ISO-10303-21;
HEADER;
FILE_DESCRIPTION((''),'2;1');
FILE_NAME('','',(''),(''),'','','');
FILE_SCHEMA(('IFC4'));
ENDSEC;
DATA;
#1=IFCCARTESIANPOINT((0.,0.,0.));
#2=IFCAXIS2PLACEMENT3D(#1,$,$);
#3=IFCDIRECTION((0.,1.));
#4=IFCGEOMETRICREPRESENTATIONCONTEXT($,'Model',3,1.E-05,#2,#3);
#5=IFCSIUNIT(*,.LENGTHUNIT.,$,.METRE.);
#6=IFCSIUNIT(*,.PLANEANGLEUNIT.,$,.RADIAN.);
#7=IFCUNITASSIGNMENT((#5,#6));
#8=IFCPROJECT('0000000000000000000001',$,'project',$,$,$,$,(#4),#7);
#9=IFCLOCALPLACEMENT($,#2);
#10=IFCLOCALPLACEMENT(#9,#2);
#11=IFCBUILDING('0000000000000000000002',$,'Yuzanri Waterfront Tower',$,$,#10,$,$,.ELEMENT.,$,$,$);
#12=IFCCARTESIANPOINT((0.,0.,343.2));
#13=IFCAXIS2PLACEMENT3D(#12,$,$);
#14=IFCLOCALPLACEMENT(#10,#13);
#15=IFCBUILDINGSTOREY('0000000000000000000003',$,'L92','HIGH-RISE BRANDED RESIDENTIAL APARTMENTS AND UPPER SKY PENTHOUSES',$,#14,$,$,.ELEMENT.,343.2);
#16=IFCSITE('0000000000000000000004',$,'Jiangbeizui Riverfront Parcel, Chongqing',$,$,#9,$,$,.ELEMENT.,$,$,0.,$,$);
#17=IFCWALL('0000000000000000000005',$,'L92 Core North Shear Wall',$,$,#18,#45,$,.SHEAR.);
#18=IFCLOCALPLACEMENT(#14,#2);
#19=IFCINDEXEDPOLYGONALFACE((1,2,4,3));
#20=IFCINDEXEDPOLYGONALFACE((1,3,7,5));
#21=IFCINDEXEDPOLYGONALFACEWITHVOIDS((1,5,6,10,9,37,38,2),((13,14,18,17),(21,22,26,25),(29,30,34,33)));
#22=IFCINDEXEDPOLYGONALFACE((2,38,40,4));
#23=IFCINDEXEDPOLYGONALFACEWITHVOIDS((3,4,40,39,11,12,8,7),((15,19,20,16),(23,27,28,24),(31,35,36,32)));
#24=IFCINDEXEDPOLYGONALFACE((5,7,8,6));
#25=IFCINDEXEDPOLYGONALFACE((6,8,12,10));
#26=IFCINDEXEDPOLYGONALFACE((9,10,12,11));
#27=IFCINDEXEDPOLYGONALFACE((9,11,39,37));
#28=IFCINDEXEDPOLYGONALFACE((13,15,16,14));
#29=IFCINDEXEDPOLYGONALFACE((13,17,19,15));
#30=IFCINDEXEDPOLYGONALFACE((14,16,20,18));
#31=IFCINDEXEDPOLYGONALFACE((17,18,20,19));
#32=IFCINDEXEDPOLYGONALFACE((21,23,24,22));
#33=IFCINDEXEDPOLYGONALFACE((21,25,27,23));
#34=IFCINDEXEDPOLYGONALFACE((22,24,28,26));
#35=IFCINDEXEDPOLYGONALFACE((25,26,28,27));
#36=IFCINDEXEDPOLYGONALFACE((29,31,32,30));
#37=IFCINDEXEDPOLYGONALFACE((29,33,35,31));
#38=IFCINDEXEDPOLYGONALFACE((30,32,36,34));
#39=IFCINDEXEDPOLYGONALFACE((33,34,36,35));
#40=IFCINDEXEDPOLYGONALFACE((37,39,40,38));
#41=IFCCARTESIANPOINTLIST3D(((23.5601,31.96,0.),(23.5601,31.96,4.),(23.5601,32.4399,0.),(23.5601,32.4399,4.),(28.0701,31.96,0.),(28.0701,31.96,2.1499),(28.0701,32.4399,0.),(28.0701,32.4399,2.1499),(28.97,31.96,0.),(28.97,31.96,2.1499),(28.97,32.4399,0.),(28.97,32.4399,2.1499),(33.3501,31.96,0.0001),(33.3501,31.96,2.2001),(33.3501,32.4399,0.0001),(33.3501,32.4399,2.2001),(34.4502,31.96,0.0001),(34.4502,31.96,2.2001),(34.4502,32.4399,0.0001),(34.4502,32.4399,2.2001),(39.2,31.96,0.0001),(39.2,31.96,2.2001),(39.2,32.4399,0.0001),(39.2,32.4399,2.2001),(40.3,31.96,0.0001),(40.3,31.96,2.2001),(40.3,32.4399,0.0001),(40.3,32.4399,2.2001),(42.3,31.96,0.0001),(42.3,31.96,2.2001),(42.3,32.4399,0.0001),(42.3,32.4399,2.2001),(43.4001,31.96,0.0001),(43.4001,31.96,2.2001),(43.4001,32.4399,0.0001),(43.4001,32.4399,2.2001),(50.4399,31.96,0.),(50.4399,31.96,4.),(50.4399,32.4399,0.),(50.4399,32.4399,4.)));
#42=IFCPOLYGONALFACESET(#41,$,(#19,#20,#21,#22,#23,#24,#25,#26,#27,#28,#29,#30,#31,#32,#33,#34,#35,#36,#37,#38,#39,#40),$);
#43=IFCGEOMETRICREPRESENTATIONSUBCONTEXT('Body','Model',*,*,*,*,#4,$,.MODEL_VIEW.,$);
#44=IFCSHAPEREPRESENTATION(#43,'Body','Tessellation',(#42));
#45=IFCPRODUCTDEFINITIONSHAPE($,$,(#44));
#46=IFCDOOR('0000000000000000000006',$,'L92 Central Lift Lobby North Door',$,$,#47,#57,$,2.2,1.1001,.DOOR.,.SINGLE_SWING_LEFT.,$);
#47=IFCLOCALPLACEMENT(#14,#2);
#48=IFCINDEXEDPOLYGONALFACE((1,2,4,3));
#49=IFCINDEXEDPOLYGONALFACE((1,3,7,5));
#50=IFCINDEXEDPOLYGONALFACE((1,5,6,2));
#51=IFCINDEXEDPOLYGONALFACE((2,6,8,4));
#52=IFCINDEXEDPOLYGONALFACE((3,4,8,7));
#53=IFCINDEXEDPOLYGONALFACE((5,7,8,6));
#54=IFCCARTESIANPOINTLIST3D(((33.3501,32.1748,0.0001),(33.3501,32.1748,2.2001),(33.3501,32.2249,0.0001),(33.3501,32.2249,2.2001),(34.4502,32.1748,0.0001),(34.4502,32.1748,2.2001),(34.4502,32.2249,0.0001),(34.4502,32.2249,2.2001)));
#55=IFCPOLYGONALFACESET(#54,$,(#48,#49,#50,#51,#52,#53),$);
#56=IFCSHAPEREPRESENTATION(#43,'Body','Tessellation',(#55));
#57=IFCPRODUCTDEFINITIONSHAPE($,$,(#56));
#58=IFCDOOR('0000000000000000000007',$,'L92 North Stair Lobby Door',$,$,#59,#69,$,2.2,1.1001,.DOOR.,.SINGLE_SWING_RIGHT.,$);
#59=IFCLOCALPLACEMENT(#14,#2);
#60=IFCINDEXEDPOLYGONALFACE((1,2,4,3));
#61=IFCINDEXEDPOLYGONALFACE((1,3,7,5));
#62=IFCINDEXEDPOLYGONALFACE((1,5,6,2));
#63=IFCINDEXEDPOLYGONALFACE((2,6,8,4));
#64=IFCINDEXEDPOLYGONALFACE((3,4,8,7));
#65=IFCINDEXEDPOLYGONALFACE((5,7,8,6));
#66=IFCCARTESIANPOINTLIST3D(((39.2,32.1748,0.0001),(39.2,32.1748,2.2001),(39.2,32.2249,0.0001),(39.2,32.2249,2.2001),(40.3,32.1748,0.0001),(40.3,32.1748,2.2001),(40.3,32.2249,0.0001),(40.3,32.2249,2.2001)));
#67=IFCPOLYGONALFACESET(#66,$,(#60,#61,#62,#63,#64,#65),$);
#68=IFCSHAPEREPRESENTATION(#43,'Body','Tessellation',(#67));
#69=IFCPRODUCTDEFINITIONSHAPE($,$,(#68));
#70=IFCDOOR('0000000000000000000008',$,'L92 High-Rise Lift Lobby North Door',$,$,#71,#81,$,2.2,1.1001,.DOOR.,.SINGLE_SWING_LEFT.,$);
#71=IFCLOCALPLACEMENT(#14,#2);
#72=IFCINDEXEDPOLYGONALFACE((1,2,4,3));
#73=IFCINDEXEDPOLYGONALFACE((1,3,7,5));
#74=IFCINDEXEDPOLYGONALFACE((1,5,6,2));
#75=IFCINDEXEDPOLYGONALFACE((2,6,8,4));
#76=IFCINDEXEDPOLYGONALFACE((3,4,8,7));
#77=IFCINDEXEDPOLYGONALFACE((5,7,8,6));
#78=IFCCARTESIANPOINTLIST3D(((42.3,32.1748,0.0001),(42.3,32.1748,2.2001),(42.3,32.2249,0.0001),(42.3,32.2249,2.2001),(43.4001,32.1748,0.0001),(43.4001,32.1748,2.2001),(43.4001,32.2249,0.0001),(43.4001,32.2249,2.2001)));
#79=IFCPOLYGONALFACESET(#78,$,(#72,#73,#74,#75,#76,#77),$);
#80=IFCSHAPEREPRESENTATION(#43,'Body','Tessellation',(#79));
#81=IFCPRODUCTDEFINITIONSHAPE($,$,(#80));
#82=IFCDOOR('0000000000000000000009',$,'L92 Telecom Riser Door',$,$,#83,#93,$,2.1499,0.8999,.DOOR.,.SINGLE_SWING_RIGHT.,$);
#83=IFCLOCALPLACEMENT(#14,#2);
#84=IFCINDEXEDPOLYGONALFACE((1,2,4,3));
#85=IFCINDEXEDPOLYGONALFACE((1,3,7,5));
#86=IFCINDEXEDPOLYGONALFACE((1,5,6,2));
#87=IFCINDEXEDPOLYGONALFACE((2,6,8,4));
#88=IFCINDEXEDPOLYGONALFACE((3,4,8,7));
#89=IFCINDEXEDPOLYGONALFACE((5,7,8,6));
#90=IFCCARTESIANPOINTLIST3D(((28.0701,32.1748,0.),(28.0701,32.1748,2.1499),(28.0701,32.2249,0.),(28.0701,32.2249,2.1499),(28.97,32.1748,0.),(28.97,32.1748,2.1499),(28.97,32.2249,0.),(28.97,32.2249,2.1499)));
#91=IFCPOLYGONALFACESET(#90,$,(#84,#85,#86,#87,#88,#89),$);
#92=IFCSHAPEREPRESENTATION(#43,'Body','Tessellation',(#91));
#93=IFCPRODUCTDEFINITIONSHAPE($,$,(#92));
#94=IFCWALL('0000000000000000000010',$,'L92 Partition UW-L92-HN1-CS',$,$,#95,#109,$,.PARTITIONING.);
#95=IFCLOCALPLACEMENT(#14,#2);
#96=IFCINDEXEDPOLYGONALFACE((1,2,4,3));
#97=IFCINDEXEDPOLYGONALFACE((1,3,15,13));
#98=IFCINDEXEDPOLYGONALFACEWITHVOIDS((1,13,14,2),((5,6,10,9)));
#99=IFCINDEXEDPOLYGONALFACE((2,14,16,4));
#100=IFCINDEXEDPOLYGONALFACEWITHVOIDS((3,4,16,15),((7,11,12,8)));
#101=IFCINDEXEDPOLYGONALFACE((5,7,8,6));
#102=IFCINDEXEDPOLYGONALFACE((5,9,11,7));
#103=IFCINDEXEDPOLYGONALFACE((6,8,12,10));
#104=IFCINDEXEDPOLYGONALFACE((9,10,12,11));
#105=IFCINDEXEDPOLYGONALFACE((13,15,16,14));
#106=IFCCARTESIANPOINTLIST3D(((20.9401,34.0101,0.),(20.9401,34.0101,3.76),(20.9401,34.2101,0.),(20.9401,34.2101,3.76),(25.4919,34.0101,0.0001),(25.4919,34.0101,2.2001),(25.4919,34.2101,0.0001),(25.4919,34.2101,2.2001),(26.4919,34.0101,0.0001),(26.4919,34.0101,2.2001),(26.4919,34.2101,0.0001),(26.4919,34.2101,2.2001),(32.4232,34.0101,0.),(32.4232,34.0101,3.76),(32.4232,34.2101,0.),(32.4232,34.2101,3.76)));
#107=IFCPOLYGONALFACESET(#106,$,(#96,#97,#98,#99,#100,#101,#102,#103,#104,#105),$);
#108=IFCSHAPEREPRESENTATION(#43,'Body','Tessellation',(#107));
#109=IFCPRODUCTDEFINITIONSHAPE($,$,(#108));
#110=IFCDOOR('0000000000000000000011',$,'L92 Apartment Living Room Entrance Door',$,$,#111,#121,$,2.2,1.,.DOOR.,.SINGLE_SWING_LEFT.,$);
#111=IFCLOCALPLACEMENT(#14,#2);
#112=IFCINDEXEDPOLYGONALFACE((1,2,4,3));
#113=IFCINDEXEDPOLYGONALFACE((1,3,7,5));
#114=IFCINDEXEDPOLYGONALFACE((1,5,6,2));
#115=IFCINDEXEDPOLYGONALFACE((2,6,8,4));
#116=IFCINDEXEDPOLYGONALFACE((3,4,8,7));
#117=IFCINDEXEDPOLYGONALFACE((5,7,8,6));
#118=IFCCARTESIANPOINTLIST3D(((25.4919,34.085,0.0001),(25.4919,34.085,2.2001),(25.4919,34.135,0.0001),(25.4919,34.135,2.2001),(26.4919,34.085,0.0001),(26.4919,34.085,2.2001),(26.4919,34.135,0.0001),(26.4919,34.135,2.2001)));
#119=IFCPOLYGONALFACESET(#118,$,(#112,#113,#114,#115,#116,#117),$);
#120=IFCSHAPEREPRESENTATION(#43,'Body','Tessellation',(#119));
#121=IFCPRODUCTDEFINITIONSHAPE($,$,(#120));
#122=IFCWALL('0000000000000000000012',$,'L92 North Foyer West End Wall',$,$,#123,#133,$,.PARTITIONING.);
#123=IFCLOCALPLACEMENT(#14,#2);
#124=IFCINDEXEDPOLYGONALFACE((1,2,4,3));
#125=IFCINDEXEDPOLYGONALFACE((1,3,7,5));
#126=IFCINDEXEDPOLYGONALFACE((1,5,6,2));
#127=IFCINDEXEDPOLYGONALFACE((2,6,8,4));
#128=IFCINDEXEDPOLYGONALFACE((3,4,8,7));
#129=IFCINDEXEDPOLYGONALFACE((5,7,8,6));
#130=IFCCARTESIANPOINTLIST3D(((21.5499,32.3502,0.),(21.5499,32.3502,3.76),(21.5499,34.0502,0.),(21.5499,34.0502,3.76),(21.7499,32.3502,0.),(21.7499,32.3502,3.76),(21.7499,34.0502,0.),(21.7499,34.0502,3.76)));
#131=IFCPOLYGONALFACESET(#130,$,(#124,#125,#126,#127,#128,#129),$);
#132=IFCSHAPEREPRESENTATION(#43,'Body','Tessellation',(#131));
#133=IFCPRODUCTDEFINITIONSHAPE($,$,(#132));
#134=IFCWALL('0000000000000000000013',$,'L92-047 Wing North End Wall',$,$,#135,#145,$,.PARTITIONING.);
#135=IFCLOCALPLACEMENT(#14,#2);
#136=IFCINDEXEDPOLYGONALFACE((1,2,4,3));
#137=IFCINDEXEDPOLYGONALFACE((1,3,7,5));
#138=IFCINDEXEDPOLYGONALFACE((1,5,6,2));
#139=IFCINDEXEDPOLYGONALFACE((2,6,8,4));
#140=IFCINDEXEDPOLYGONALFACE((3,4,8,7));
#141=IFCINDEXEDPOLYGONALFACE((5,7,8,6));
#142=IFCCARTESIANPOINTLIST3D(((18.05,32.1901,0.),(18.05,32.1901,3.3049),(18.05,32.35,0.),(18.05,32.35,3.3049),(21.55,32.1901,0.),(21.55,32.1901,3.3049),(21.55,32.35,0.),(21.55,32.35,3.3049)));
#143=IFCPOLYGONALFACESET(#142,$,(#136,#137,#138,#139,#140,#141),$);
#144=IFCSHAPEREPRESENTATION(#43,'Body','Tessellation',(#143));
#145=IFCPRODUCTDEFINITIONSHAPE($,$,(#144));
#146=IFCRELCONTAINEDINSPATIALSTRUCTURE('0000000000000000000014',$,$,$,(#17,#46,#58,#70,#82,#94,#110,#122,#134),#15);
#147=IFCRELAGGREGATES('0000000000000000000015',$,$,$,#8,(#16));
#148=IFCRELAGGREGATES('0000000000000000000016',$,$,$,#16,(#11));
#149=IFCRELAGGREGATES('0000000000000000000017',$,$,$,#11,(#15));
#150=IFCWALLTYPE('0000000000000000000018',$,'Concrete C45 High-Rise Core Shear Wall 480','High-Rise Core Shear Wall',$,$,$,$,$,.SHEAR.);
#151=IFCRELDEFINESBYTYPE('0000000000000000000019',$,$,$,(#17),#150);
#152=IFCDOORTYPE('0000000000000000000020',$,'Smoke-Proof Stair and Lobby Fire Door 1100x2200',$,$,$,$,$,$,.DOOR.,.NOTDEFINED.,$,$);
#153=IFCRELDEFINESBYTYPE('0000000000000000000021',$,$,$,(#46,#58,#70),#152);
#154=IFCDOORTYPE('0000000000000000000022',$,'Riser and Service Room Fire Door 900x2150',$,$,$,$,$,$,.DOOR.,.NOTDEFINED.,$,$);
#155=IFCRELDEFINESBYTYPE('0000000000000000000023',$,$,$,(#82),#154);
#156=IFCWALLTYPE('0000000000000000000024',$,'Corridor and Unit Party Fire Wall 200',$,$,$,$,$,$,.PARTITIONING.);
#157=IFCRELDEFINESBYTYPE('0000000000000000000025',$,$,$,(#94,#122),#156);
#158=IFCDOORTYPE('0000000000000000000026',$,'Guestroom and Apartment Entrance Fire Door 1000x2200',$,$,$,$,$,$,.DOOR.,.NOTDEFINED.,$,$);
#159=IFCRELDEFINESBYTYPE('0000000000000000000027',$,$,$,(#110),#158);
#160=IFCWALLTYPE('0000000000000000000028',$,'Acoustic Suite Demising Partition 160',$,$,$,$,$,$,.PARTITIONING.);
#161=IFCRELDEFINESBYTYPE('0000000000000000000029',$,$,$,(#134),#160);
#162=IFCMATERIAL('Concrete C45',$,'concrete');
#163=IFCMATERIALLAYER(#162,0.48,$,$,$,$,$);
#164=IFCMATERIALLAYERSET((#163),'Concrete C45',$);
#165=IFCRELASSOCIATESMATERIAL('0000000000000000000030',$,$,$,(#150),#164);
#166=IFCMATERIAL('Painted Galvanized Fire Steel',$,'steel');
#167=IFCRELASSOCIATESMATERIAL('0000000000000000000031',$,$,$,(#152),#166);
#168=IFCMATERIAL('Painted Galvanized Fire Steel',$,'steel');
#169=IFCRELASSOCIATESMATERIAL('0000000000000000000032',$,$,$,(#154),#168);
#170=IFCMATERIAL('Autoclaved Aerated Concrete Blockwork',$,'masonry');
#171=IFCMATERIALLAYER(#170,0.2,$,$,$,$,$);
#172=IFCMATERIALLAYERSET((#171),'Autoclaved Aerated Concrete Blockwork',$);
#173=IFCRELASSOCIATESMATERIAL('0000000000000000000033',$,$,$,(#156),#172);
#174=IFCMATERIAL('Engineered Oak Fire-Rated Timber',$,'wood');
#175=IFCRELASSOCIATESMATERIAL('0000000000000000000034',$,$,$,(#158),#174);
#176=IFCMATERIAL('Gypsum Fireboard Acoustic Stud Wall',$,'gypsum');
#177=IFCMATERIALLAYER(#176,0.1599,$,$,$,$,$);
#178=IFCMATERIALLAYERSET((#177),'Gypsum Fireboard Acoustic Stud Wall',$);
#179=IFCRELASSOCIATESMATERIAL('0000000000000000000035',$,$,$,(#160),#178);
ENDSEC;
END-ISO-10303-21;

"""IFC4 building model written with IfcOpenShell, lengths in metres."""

from ifc_helpers import new_model, si_unit, direction, frame, frame_2d, origin, place, context, subcontext, project, spatial, rectangle, extrude, source, transform, mapped, material, layer, layer_set, type_object, element, fill, save


model = new_model("IFC4")

# Units and contexts
model_context = context("Model", 3, precision=1e-05, world=origin(), true_north=direction((0.0, 1.0)))
body_context = subcontext(model_context, "Body", "Model", "MODEL_VIEW")
ifc_project = project(units=[si_unit("LENGTHUNIT", "METRE"), si_unit("PLANEANGLEUNIT", "RADIAN")], contexts=[model_context])

# Site, building, storey
site_placement = place(None, origin())
site = spatial("IfcSite", under=ifc_project, at=site_placement, Name="Jiangbeizui Riverfront Parcel, Chongqing", CompositionType="ELEMENT", RefElevation=0.0)
building_placement = place(site_placement, origin())
building = spatial("IfcBuilding", under=site, at=building_placement, Name="Yuzanri Waterfront Tower", CompositionType="ELEMENT")
storey_placement = place(building_placement, frame((0.0, 0.0, 343.2)))
storey = spatial("IfcBuildingStorey", under=building, at=storey_placement, Name="L92", Description="HIGH-RISE BRANDED RESIDENTIAL APARTMENTS AND UPPER SKY PENTHOUSES", CompositionType="ELEMENT", Elevation=343.2)

# Wall, openings, doors
ifc_material_1 = material(Name="Concrete C45", Category="concrete")
ifc_layer_1 = layer(ifc_material_1, 0.48)
ifc_layer_set_1 = layer_set([ifc_layer_1], Name="Concrete C45")
wall_type_1 = type_object("IfcWallType", Name="Concrete C45 High-Rise Core Shear Wall 480", Description="High-Rise Core Shear Wall", PredefinedType="SHEAR", material=ifc_layer_set_1)
wall_1_placement = place(storey_placement, frame((23.5601, 32.2, 0.0), z_axis=(0.0, 0.0, 1.0), x_axis=(1.0, 0.0, 0.0)))
wall_1 = element("IfcWall", 1, at=wall_1_placement, inside=storey, type_object=wall_type_1, Name="L92 Core North Shear Wall", PredefinedType="SHEAR", context=body_context, shape_type="SweptSolid", body=[
    extrude(rectangle(XDim=26.8799, YDim=0.48, at=frame_2d((13.4399, 0.0))), origin(), (0.0, 0.0, 1.0), 4.0),
])
opening_1_placement = place(wall_1_placement, frame((4.51, 0.0, 0.0)))
opening_1 = element("IfcOpeningElement", 2, at=opening_1_placement, cuts=wall_1, PredefinedType="OPENING", context=body_context, shape_type="SweptSolid", body=[
    extrude(rectangle(XDim=0.8999, YDim=2.1499, at=frame_2d((0.45, 1.075))), frame((0.0, 0.2549, 0.0), z_axis=(0.0, -1.0, 0.0), x_axis=(1.0, 0.0, 0.0)), (0.0, 0.0, 1.0), 0.5098),
])
opening_2_placement = place(wall_1_placement, frame((9.79, 0.0, 0.0)))
opening_2 = element("IfcOpeningElement", 3, at=opening_2_placement, cuts=wall_1, PredefinedType="OPENING", context=body_context, shape_type="SweptSolid", body=[
    extrude(rectangle(XDim=1.1001, YDim=2.2, at=frame_2d((0.55, 1.1001))), frame((0.0, 0.2549, 0.0), z_axis=(0.0, -1.0, 0.0), x_axis=(1.0, 0.0, 0.0)), (0.0, 0.0, 1.0), 0.5098),
])
opening_3_placement = place(wall_1_placement, frame((15.6399, 0.0, 0.0)))
opening_3 = element("IfcOpeningElement", 4, at=opening_3_placement, cuts=wall_1, PredefinedType="OPENING", context=body_context, shape_type="SweptSolid", body=[
    extrude(rectangle(XDim=1.1001, YDim=2.2, at=frame_2d((0.55, 1.1001))), frame((0.0, 0.2549, 0.0), z_axis=(0.0, -1.0, 0.0), x_axis=(1.0, 0.0, 0.0)), (0.0, 0.0, 1.0), 0.5098),
])
opening_4_placement = place(wall_1_placement, frame((18.74, 0.0, 0.0)))
opening_4 = element("IfcOpeningElement", 5, at=opening_4_placement, cuts=wall_1, PredefinedType="OPENING", context=body_context, shape_type="SweptSolid", body=[
    extrude(rectangle(XDim=1.1001, YDim=2.2, at=frame_2d((0.55, 1.1001))), frame((0.0, 0.2549, 0.0), z_axis=(0.0, -1.0, 0.0), x_axis=(1.0, 0.0, 0.0)), (0.0, 0.0, 1.0), 0.5098),
])
ifc_material_2 = material(Name="Painted Galvanized Fire Steel", Category="steel")
door_type_1 = type_object("IfcDoorType", Name="Smoke-Proof Stair and Lobby Fire Door 1100x2200", OperationType="NOTDEFINED", PredefinedType="DOOR", material=ifc_material_2)
shared_shape_1 = source(origin(), body_context, "Body", "SweptSolid", [
    extrude(rectangle(XDim=1.1001, YDim=2.2, at=frame_2d((0.55, 1.1001))), frame((0.0, 0.0249, 0.0), z_axis=(0.0, -1.0, 0.0), x_axis=(1.0, 0.0, 0.0)), (0.0, 0.0, 1.0), 0.05),
])
door_1_placement = place(opening_2_placement, origin())
door_1 = element("IfcDoor", 6, at=door_1_placement, inside=storey, type_object=door_type_1, Name="L92 Central Lift Lobby North Door", OperationType="SINGLE_SWING_LEFT", OverallHeight=2.2, OverallWidth=1.1001, PredefinedType="DOOR", context=body_context, shape_type="MappedRepresentation", body=[
    mapped(shared_shape_1, transform((0.0, 0.0, 0.0), scale=1.0)),
])
fill(opening_2, door_1)
door_2_placement = place(opening_3_placement, origin())
door_2 = element("IfcDoor", 7, at=door_2_placement, inside=storey, type_object=door_type_1, Name="L92 North Stair Lobby Door", OperationType="SINGLE_SWING_RIGHT", OverallHeight=2.2, OverallWidth=1.1001, PredefinedType="DOOR", context=body_context, shape_type="MappedRepresentation", body=[
    mapped(shared_shape_1, transform((0.0, 0.0, 0.0), scale=1.0)),
])
fill(opening_3, door_2)
door_3_placement = place(opening_4_placement, origin())
door_3 = element("IfcDoor", 8, at=door_3_placement, inside=storey, type_object=door_type_1, Name="L92 High-Rise Lift Lobby North Door", OperationType="SINGLE_SWING_LEFT", OverallHeight=2.2, OverallWidth=1.1001, PredefinedType="DOOR", context=body_context, shape_type="MappedRepresentation", body=[
    mapped(shared_shape_1, transform((0.0, 0.0, 0.0), scale=1.0)),
])
fill(opening_4, door_3)
ifc_material_3 = material(Name="Painted Galvanized Fire Steel", Category="steel")
door_type_2 = type_object("IfcDoorType", Name="Riser and Service Room Fire Door 900x2150", OperationType="NOTDEFINED", PredefinedType="DOOR", material=ifc_material_3)
shared_shape_2 = source(origin(), body_context, "Body", "SweptSolid", [
    extrude(rectangle(XDim=0.8999, YDim=2.1499, at=frame_2d((0.45, 1.075))), frame((0.0, 0.0249, 0.0), z_axis=(0.0, -1.0, 0.0), x_axis=(1.0, 0.0, 0.0)), (0.0, 0.0, 1.0), 0.05),
])
door_4_placement = place(opening_1_placement, origin())
door_4 = element("IfcDoor", 9, at=door_4_placement, inside=storey, type_object=door_type_2, Name="L92 Telecom Riser Door", OperationType="SINGLE_SWING_RIGHT", OverallHeight=2.1499, OverallWidth=0.8999, PredefinedType="DOOR", context=body_context, shape_type="MappedRepresentation", body=[
    mapped(shared_shape_2, transform((0.0, 0.0, 0.0), scale=1.0)),
])
fill(opening_1, door_4)

# Wall, opening, door
ifc_material_4 = material(Name="Autoclaved Aerated Concrete Blockwork", Category="masonry")
ifc_layer_2 = layer(ifc_material_4, 0.2)
ifc_layer_set_2 = layer_set([ifc_layer_2], Name="Autoclaved Aerated Concrete Blockwork")
wall_type_2 = type_object("IfcWallType", Name="Corridor and Unit Party Fire Wall 200", PredefinedType="PARTITIONING", material=ifc_layer_set_2)
wall_2_placement = place(storey_placement, frame((20.9399, 34.1101, 0.0), z_axis=(0.0, 0.0, 1.0), x_axis=(1.0, 0.0, 0.0)))
wall_2 = element("IfcWall", 10, at=wall_2_placement, inside=storey, type_object=wall_type_2, Name="L92 Partition UW-L92-HN1-CS", PredefinedType="PARTITIONING", context=body_context, shape_type="SweptSolid", body=[
    extrude(rectangle(XDim=11.4832, YDim=0.2, at=frame_2d((5.7417, 0.0))), origin(), (0.0, 0.0, 1.0), 3.76),
])
opening_5_placement = place(wall_2_placement, frame((4.552, 0.0, 0.0)))
opening_5 = element("IfcOpeningElement", 11, at=opening_5_placement, cuts=wall_2, PredefinedType="OPENING", context=body_context, shape_type="SweptSolid", body=[
    extrude(rectangle(XDim=1.0, YDim=2.2, at=frame_2d((0.5, 1.1001))), frame((0.0, 0.1147, 0.0), z_axis=(0.0, -1.0, 0.0), x_axis=(1.0, 0.0, 0.0)), (0.0, 0.0, 1.0), 0.2297),
])
ifc_material_5 = material(Name="Engineered Oak Fire-Rated Timber", Category="wood")
door_type_3 = type_object("IfcDoorType", Name="Guestroom and Apartment Entrance Fire Door 1000x2200", OperationType="NOTDEFINED", PredefinedType="DOOR", material=ifc_material_5)
shared_shape_3 = source(origin(), body_context, "Body", "SweptSolid", [
    extrude(rectangle(XDim=1.0, YDim=2.2, at=frame_2d((0.5, 1.1001))), frame((0.0, 0.0249, 0.0), z_axis=(0.0, -1.0, 0.0), x_axis=(1.0, 0.0, 0.0)), (0.0, 0.0, 1.0), 0.05),
])
door_5_placement = place(opening_5_placement, origin())
door_5 = element("IfcDoor", 12, at=door_5_placement, inside=storey, type_object=door_type_3, Name="L92 Apartment Living Room Entrance Door", OperationType="SINGLE_SWING_LEFT", OverallHeight=2.2, OverallWidth=1.0, PredefinedType="DOOR", context=body_context, shape_type="MappedRepresentation", body=[
    mapped(shared_shape_3, transform((0.0, 0.0, 0.0), scale=1.0)),
])
fill(opening_5, door_5)

# Walls
shared_shape_4 = source(origin(), body_context, "Body", "SweptSolid", [
    extrude(rectangle(XDim=1.7, YDim=0.2, at=frame_2d((0.8501, 0.0))), origin(), (0.0, 0.0, 1.0), 3.76),
])
wall_3_placement = place(storey_placement, frame((21.6499, 32.3501, 0.0), z_axis=(0.0, 0.0, 1.0), x_axis=(0.0, 1.0, 0.0)))
element("IfcWall", 13, at=wall_3_placement, inside=storey, type_object=wall_type_2, Name="L92 North Foyer West End Wall", PredefinedType="PARTITIONING", context=body_context, shape_type="MappedRepresentation", body=[
    mapped(shared_shape_4, transform((0.0, 0.0, 0.0), scale=1.0)),
])
ifc_material_6 = material(Name="Gypsum Fireboard Acoustic Stud Wall", Category="gypsum")
ifc_layer_3 = layer(ifc_material_6, 0.1599)
ifc_layer_set_3 = layer_set([ifc_layer_3], Name="Gypsum Fireboard Acoustic Stud Wall")
wall_type_3 = type_object("IfcWallType", Name="Acoustic Suite Demising Partition 160", PredefinedType="PARTITIONING", material=ifc_layer_set_3)
shared_shape_5 = source(origin(), body_context, "Body", "SweptSolid", [
    extrude(rectangle(XDim=3.5, YDim=0.1599, at=frame_2d((1.75, 0.0))), origin(), (0.0, 0.0, 1.0), 3.3049),
])
wall_4_placement = place(storey_placement, frame((18.05, 32.27, 0.0), z_axis=(0.0, 0.0, 1.0), x_axis=(1.0, 0.0, 0.0)))
element("IfcWall", 14, at=wall_4_placement, inside=storey, type_object=wall_type_3, Name="L92-047 Wing North End Wall", PredefinedType="PARTITIONING", context=body_context, shape_type="MappedRepresentation", body=[
    mapped(shared_shape_5, transform((0.0, 0.0, 0.0), scale=1.0)),
])

save(model, "model.ifc")
